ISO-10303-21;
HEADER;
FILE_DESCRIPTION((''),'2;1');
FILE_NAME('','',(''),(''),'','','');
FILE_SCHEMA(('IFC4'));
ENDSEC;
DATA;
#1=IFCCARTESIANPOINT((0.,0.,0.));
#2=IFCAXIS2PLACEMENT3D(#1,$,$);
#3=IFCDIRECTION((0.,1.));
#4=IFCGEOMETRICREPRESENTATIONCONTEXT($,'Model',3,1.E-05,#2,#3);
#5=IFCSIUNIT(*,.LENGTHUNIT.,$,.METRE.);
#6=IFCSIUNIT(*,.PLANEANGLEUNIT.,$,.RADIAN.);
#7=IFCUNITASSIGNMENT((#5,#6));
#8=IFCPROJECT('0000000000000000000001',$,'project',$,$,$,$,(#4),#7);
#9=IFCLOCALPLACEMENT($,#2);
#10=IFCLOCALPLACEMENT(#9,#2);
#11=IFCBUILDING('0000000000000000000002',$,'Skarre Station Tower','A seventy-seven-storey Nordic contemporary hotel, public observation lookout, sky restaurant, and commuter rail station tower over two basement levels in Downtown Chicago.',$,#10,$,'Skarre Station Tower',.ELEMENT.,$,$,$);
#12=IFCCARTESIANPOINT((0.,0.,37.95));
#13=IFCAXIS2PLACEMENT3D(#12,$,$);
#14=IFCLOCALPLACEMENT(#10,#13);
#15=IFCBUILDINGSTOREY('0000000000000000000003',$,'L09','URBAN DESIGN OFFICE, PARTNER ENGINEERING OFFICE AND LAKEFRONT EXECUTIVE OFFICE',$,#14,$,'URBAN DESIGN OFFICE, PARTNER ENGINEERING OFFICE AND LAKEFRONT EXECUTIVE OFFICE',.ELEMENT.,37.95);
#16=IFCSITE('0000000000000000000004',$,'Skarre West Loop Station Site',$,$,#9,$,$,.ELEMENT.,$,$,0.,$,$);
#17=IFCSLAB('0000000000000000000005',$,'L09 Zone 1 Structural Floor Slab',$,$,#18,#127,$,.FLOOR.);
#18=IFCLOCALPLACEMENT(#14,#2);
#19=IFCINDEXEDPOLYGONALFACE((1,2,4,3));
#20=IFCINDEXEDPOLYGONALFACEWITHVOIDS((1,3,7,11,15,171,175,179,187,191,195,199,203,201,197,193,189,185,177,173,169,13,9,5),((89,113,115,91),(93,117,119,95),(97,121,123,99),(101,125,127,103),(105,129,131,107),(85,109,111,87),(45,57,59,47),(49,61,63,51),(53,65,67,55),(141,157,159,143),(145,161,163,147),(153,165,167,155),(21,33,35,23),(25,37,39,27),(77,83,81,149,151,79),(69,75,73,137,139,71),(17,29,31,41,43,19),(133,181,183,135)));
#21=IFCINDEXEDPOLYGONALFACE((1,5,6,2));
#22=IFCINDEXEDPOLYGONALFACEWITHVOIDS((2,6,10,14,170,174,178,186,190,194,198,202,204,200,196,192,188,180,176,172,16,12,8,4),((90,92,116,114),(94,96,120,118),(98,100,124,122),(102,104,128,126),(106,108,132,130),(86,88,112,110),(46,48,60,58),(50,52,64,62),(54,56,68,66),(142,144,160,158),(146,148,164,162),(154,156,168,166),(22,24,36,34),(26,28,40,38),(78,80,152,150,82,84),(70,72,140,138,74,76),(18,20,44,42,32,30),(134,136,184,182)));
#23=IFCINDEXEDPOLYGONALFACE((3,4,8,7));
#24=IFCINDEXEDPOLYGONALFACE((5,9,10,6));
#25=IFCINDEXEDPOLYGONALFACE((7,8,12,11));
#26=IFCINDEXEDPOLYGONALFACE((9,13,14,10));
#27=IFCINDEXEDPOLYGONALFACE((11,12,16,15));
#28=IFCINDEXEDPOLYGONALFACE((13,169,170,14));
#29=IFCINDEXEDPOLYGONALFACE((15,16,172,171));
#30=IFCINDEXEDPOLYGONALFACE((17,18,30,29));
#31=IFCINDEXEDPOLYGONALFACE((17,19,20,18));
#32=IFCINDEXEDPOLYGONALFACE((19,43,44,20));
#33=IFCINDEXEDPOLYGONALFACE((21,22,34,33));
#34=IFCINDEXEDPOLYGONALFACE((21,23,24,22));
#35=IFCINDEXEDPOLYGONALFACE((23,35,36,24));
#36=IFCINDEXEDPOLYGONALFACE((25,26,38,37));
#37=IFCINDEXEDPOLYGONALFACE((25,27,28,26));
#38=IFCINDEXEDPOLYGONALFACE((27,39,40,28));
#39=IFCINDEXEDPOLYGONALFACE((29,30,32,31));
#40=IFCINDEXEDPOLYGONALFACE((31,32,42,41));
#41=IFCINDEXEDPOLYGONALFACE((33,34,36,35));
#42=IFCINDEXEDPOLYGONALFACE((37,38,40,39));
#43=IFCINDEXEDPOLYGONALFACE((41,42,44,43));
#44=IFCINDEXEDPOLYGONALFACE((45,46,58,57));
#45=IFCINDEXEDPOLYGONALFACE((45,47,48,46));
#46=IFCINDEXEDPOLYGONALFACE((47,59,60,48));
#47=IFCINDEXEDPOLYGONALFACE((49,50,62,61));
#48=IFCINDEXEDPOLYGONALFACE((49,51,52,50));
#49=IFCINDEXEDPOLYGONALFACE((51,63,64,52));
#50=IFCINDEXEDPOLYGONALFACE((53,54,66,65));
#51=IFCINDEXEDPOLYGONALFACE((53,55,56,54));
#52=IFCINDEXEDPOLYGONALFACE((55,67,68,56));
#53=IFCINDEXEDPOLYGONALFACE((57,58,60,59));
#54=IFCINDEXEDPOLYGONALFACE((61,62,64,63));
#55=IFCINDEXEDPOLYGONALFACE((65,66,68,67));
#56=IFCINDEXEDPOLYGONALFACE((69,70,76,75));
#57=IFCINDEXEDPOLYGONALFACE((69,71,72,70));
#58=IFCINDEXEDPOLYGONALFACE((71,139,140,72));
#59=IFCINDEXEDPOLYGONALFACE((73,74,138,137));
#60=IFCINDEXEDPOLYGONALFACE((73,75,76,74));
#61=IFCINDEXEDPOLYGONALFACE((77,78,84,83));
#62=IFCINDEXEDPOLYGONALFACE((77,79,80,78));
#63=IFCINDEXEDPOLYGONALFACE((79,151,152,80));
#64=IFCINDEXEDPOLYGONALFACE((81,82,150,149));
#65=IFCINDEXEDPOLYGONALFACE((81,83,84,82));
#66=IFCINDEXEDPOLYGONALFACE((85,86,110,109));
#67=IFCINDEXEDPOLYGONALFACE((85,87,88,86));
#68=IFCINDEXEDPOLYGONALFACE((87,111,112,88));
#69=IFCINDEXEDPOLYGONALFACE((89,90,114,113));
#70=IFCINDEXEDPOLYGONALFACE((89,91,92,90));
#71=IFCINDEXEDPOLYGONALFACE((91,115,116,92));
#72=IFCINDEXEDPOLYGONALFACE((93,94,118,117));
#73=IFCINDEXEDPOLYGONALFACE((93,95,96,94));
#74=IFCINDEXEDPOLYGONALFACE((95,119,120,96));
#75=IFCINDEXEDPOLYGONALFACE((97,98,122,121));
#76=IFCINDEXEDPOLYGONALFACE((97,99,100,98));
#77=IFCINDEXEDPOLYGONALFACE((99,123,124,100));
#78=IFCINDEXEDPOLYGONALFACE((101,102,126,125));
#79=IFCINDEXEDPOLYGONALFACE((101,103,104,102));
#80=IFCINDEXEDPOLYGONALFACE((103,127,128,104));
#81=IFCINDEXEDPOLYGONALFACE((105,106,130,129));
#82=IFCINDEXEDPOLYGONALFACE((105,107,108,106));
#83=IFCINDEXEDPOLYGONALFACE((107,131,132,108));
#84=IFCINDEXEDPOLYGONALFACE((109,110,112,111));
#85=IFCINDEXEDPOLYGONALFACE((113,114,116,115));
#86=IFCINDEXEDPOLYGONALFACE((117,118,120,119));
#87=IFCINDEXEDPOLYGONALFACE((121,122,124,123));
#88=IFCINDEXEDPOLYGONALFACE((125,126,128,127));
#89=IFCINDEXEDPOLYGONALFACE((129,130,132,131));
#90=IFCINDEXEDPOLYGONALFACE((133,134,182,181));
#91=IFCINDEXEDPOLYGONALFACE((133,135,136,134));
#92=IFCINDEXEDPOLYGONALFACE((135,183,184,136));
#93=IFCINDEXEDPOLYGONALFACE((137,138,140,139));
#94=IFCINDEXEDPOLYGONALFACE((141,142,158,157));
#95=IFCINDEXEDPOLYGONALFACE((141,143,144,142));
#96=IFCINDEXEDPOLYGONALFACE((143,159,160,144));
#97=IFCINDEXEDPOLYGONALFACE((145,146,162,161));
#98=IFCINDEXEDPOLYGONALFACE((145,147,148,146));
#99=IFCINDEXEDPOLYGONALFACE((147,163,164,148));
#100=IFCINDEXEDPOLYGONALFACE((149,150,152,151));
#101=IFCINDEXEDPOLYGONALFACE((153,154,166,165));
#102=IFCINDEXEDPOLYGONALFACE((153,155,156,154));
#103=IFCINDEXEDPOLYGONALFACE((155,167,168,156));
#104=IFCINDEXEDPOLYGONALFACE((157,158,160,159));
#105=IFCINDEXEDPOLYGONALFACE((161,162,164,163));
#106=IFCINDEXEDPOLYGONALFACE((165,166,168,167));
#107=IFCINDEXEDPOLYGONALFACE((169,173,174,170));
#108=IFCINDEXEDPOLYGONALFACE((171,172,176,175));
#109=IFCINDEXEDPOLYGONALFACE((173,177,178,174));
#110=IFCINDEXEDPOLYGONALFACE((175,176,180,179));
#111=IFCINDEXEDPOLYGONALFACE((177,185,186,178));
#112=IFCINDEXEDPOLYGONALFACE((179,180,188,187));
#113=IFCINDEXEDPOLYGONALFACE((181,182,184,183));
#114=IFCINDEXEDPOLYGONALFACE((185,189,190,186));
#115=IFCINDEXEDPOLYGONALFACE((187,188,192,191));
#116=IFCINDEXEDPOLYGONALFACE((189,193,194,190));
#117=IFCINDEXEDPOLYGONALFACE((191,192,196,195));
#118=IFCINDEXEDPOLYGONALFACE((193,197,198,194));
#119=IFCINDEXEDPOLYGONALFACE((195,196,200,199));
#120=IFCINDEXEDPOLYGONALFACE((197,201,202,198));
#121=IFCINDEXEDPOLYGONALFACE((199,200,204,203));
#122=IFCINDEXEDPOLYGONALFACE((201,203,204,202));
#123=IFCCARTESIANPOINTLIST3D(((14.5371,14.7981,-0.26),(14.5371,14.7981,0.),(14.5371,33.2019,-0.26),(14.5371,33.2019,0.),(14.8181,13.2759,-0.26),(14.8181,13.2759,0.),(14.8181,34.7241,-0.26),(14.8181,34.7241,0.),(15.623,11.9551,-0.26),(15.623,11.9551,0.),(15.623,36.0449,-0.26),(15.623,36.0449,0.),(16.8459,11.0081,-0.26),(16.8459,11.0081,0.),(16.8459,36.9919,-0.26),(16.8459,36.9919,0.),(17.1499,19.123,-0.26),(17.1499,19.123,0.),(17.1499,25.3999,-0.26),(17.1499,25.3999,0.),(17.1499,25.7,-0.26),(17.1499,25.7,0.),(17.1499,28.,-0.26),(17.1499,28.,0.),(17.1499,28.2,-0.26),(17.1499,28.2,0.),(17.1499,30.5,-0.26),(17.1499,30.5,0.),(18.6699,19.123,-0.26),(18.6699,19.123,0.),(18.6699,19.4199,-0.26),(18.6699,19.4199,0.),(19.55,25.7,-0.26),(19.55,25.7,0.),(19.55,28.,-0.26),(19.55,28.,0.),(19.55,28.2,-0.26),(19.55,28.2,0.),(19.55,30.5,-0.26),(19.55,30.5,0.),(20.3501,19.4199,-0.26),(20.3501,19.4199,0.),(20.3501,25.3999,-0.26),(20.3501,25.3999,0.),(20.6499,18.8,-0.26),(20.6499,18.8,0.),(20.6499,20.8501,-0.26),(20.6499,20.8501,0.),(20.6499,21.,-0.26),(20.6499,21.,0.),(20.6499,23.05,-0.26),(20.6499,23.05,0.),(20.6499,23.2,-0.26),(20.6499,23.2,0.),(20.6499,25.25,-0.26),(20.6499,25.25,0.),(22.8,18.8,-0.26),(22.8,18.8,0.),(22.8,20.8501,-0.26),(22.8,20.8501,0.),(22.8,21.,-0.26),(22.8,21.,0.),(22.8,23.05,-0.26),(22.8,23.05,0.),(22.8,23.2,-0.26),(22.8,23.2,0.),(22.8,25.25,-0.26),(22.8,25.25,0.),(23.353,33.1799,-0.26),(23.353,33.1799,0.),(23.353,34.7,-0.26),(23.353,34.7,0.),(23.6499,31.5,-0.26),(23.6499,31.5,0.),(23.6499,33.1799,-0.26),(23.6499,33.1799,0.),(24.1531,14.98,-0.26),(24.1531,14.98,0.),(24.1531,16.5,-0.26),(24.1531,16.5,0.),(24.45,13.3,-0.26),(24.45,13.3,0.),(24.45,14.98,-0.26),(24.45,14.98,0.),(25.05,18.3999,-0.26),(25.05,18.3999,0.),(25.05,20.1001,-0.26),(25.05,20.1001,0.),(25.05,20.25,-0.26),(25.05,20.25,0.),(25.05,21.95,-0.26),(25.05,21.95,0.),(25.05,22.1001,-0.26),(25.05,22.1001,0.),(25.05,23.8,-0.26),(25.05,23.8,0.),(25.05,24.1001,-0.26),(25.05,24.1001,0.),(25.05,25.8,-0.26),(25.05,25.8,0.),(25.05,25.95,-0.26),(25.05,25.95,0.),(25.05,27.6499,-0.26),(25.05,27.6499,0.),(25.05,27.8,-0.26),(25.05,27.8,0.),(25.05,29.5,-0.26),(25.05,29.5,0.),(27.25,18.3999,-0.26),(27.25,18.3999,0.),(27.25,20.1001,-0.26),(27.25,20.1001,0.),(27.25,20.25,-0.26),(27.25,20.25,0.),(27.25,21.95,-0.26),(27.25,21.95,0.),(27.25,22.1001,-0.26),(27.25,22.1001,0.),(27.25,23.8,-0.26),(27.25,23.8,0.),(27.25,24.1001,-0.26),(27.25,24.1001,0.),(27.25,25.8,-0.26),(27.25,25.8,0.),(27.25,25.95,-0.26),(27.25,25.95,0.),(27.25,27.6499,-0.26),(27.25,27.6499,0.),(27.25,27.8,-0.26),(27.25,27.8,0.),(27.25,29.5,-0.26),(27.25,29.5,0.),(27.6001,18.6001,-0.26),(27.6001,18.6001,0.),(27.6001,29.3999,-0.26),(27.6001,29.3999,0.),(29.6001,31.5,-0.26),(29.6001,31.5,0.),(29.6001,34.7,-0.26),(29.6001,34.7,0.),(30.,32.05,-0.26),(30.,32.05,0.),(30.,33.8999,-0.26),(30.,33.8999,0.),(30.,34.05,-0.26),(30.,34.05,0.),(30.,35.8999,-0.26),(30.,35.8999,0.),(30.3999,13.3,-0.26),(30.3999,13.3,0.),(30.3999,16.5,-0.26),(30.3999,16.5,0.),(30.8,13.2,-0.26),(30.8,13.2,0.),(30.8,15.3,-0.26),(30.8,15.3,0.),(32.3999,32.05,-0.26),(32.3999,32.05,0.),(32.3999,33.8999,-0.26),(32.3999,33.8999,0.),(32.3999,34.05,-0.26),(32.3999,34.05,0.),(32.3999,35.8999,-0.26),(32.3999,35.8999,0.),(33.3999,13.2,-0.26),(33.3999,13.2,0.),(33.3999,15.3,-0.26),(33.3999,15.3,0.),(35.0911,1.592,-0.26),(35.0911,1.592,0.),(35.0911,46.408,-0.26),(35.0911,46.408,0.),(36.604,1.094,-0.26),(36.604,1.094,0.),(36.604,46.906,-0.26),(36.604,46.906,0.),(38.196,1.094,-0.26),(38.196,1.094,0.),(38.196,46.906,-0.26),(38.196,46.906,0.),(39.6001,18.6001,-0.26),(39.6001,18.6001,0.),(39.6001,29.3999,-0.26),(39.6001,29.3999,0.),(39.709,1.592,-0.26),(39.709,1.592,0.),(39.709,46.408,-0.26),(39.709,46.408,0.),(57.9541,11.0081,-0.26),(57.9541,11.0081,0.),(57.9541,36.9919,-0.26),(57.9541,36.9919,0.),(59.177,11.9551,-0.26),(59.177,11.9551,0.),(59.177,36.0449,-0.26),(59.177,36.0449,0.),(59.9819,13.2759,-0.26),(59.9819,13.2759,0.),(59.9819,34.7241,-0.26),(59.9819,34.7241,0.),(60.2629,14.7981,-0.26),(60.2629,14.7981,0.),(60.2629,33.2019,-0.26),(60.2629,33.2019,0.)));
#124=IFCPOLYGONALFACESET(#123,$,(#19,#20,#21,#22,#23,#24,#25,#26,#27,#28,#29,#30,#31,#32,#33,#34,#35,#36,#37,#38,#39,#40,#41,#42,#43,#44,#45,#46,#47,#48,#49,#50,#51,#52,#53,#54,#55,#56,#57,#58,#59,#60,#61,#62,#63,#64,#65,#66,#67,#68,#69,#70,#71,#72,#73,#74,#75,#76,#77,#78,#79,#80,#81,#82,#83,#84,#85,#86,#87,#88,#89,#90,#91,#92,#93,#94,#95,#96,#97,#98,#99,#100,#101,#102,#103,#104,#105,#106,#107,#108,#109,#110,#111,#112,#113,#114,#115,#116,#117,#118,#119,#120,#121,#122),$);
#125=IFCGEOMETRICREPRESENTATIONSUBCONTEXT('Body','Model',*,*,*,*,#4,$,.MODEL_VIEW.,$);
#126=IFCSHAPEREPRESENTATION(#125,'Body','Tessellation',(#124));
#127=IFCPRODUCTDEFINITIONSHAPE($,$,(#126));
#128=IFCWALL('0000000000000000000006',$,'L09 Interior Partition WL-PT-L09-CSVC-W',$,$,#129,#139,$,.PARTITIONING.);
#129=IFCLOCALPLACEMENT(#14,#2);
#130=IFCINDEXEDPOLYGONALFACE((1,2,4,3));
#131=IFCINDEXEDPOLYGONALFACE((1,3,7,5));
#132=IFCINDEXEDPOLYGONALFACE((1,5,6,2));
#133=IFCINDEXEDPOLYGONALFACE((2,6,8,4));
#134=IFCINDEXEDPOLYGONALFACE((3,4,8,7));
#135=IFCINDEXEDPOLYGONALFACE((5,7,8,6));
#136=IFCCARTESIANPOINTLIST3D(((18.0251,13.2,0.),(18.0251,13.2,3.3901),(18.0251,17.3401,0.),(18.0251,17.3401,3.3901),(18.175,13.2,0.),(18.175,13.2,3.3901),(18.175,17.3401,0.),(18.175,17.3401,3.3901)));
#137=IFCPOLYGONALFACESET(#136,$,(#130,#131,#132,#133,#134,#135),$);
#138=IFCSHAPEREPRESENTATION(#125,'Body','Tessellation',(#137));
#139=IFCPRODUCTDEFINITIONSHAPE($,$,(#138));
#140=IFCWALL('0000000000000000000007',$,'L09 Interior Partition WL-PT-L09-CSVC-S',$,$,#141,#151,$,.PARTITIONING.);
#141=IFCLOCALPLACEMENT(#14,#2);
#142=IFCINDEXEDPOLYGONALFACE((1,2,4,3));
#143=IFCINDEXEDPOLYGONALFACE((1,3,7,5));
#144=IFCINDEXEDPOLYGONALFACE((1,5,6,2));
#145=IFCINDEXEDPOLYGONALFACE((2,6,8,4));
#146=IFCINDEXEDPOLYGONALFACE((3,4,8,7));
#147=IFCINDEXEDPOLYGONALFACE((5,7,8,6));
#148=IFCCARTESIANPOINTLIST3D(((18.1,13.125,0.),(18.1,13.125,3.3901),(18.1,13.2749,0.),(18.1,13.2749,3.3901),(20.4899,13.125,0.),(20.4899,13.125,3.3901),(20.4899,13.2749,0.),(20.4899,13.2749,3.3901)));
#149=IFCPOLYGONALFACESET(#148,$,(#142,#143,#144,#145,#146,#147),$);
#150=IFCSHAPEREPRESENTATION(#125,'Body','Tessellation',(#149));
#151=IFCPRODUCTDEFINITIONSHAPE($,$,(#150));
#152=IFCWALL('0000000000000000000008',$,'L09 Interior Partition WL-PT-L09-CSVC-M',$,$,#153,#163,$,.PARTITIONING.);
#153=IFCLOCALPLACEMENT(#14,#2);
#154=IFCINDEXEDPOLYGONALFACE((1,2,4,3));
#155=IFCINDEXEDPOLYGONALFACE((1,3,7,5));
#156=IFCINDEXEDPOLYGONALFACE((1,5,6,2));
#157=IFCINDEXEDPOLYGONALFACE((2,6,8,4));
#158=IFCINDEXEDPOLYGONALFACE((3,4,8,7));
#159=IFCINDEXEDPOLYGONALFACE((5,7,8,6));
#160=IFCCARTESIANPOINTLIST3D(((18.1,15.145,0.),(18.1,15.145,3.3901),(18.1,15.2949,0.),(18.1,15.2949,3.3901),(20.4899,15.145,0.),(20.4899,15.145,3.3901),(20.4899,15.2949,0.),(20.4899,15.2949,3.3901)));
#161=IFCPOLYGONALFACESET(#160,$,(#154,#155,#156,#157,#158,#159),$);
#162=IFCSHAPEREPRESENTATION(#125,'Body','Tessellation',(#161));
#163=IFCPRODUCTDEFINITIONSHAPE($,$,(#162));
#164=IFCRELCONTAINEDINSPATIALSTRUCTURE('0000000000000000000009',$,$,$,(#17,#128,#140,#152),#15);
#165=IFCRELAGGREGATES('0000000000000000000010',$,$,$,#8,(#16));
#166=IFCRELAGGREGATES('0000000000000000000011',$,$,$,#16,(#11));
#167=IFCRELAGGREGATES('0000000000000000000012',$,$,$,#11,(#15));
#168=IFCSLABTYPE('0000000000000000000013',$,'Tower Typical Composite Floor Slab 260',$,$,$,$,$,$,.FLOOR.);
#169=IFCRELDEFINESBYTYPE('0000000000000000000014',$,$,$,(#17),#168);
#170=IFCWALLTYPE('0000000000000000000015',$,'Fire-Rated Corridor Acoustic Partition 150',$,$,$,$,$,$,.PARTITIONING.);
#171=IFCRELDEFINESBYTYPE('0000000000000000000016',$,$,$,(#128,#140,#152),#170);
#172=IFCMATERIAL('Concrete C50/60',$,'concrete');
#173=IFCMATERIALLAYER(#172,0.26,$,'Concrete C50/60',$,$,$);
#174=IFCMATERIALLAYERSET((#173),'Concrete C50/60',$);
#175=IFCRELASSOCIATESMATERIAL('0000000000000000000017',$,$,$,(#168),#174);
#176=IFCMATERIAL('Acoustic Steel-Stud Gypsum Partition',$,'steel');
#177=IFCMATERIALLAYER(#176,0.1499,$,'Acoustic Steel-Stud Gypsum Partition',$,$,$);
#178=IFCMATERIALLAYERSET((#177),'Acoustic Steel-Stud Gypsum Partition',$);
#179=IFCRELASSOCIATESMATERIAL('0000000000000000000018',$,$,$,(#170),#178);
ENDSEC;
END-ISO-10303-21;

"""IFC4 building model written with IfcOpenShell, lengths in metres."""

from ifc_helpers import new_model, si_unit, direction, frame, frame_2d, origin, place, context, subcontext, project, spatial, polyline, rectangle, outline, extrude, material, layer, layer_set, type_object, element, save


model = new_model("IFC4")

# Units and contexts
model_context = context("Model", 3, precision=1e-05, world=origin(), true_north=direction((0.0, 1.0)))
body_context = subcontext(model_context, "Body", "Model", "MODEL_VIEW")
ifc_project = project(units=[si_unit("LENGTHUNIT", "METRE"), si_unit("PLANEANGLEUNIT", "RADIAN")], contexts=[model_context])

# Site, building, storey
site_placement = place(None, origin())
site = spatial("IfcSite", under=ifc_project, at=site_placement, Name="Skarre West Loop Station Site", CompositionType="ELEMENT", RefElevation=0.0)
building_placement = place(site_placement, origin())
building = spatial("IfcBuilding", under=site, at=building_placement, Name="Skarre Station Tower", Description="A seventy-seven-storey Nordic contemporary hotel, public observation lookout, sky restaurant, and commuter rail station tower over two basement levels in Downtown Chicago.", LongName="Skarre Station Tower", CompositionType="ELEMENT")
storey_placement = place(building_placement, frame((0.0, 0.0, 37.95)))
storey = spatial("IfcBuildingStorey", under=building, at=storey_placement, Name="L09", Description="URBAN DESIGN OFFICE, PARTNER ENGINEERING OFFICE AND LAKEFRONT EXECUTIVE OFFICE", LongName="URBAN DESIGN OFFICE, PARTNER ENGINEERING OFFICE AND LAKEFRONT EXECUTIVE OFFICE", CompositionType="ELEMENT", Elevation=37.95)

# Slab
ifc_material_1 = material(Name="Concrete C50/60", Category="concrete")
ifc_layer_1 = layer(ifc_material_1, 0.26, Name="Concrete C50/60")
ifc_layer_set_1 = layer_set([ifc_layer_1], Name="Concrete C50/60")
slab_type_1 = type_object("IfcSlabType", Name="Tower Typical Composite Floor Slab 260", PredefinedType="FLOOR", material=ifc_layer_set_1)
slab_1_placement = place(storey_placement, frame((0.0, 0.0, -0.26)))
element("IfcSlab", 1, at=slab_1_placement, inside=storey, type_object=slab_type_1, Name="L09 Zone 1 Structural Floor Slab", PredefinedType="FLOOR", context=body_context, shape_type="SweptSolid", body=[
    extrude(outline(polyline([(60.2629, 33.2019), (59.9819, 34.7241), (59.177, 36.0449), (57.9541, 36.9919), (39.709, 46.408), (38.196, 46.906), (36.604, 46.906), (35.0911, 46.408), (16.8459, 36.9919), (15.623, 36.0449), (14.8181, 34.7241), (14.5371, 33.2019), (14.5371, 14.7981), (14.8181, 13.2759), (15.623, 11.9551), (16.8459, 11.0081), (35.0911, 1.592), (36.604, 1.094), (38.196, 1.094), (39.709, 1.592), (57.9541, 11.0081), (59.177, 11.9551), (59.9819, 13.2759), (60.2629, 14.7981), (60.2629, 33.2019)]), holes=[polyline([(18.6699, 19.4199), (18.6699, 19.123), (17.1499, 19.123), (17.1499, 25.3999), (20.3501, 25.3999), (20.3501, 19.4199), (18.6699, 19.4199)]), polyline([(24.45, 14.98), (24.1531, 14.98), (24.1531, 16.5), (30.3999, 16.5), (30.3999, 13.3), (24.45, 13.3), (24.45, 14.98)]), polyline([(23.6499, 33.1799), (23.353, 33.1799), (23.353, 34.7), (29.6001, 34.7), (29.6001, 31.5), (23.6499, 31.5), (23.6499, 33.1799)]), polyline([(17.1499, 28.0), (19.55, 28.0), (19.55, 25.7), (17.1499, 25.7), (17.1499, 28.0)]), polyline([(17.1499, 30.5), (19.55, 30.5), (19.55, 28.2), (17.1499, 28.2), (17.1499, 30.5)]), polyline([(30.8, 15.3), (33.3999, 15.3), (33.3999, 13.2), (30.8, 13.2), (30.8, 15.3)]), polyline([(25.05, 20.1001), (27.25, 20.1001), (27.25, 18.3999), (25.05, 18.3999), (25.05, 20.1001)]), polyline([(25.05, 21.95), (27.25, 21.95), (27.25, 20.25), (25.05, 20.25), (25.05, 21.95)]), polyline([(25.05, 23.8), (27.25, 23.8), (27.25, 22.1001), (25.05, 22.1001), (25.05, 23.8)]), polyline([(25.05, 25.8), (27.25, 25.8), (27.25, 24.1001), (25.05, 24.1001), (25.05, 25.8)]), polyline([(25.05, 27.6499), (27.25, 27.6499), (27.25, 25.95), (25.05, 25.95), (25.05, 27.6499)]), polyline([(25.05, 29.5), (27.25, 29.5), (27.25, 27.8), (25.05, 27.8), (25.05, 29.5)]), polyline([(20.6499, 20.8501), (22.8, 20.8501), (22.8, 18.8), (20.6499, 18.8), (20.6499, 20.8501)]), polyline([(20.6499, 23.05), (22.8, 23.05), (22.8, 21.0), (20.6499, 21.0), (20.6499, 23.05)]), polyline([(20.6499, 25.25), (22.8, 25.25), (22.8, 23.2), (20.6499, 23.2), (20.6499, 25.25)]), polyline([(30.0, 33.8999), (32.3999, 33.8999), (32.3999, 32.05), (30.0, 32.05), (30.0, 33.8999)]), polyline([(30.0, 35.8999), (32.3999, 35.8999), (32.3999, 34.05), (30.0, 34.05), (30.0, 35.8999)]), polyline([(27.6001, 29.3999), (39.6001, 29.3999), (39.6001, 18.6001), (27.6001, 18.6001), (27.6001, 29.3999)])]), origin(), (0.0, 0.0, 1.0), 0.26),
])

# Walls
ifc_material_2 = material(Name="Acoustic Steel-Stud Gypsum Partition", Category="steel")
ifc_layer_2 = layer(ifc_material_2, 0.1499, Name="Acoustic Steel-Stud Gypsum Partition")
ifc_layer_set_2 = layer_set([ifc_layer_2], Name="Acoustic Steel-Stud Gypsum Partition")
wall_type_1 = type_object("IfcWallType", Name="Fire-Rated Corridor Acoustic Partition 150", PredefinedType="PARTITIONING", material=ifc_layer_set_2)
wall_1_placement = place(storey_placement, frame((18.1001, 17.3401, 0.0), z_axis=(0.0, 0.0, 1.0), x_axis=(0.0, -1.0, 0.0)))
element("IfcWall", 2, at=wall_1_placement, inside=storey, type_object=wall_type_1, Name="L09 Interior Partition WL-PT-L09-CSVC-W", PredefinedType="PARTITIONING", context=body_context, shape_type="SweptSolid", body=[
    extrude(rectangle(XDim=4.1401, YDim=0.1499, at=frame_2d((2.0701, 0.0))), origin(), (0.0, 0.0, 1.0), 3.3901),
])
for number, where, z_axis, x_axis, name in (
    (3, (18.1001, 13.2, 0.0), (0.0, 0.0, 1.0), (1.0, 0.0, 0.0), "L09 Interior Partition WL-PT-L09-CSVC-S"),
    (4, (18.1001, 15.22, 0.0), (0.0, 0.0, 1.0), (1.0, 0.0, 0.0), "L09 Interior Partition WL-PT-L09-CSVC-M"),
):
    element("IfcWall", number, at=place(storey_placement, frame(where, z_axis=z_axis, x_axis=x_axis)), inside=storey, type_object=wall_type_1, Name=name, PredefinedType="PARTITIONING", context=body_context, shape_type="SweptSolid", body=[
        extrude(rectangle(XDim=2.3899, YDim=0.1499, at=frame_2d((1.1948, 0.0))), origin(), (0.0, 0.0, 1.0), 3.3901),
    ])

save(model, "model.ifc")
